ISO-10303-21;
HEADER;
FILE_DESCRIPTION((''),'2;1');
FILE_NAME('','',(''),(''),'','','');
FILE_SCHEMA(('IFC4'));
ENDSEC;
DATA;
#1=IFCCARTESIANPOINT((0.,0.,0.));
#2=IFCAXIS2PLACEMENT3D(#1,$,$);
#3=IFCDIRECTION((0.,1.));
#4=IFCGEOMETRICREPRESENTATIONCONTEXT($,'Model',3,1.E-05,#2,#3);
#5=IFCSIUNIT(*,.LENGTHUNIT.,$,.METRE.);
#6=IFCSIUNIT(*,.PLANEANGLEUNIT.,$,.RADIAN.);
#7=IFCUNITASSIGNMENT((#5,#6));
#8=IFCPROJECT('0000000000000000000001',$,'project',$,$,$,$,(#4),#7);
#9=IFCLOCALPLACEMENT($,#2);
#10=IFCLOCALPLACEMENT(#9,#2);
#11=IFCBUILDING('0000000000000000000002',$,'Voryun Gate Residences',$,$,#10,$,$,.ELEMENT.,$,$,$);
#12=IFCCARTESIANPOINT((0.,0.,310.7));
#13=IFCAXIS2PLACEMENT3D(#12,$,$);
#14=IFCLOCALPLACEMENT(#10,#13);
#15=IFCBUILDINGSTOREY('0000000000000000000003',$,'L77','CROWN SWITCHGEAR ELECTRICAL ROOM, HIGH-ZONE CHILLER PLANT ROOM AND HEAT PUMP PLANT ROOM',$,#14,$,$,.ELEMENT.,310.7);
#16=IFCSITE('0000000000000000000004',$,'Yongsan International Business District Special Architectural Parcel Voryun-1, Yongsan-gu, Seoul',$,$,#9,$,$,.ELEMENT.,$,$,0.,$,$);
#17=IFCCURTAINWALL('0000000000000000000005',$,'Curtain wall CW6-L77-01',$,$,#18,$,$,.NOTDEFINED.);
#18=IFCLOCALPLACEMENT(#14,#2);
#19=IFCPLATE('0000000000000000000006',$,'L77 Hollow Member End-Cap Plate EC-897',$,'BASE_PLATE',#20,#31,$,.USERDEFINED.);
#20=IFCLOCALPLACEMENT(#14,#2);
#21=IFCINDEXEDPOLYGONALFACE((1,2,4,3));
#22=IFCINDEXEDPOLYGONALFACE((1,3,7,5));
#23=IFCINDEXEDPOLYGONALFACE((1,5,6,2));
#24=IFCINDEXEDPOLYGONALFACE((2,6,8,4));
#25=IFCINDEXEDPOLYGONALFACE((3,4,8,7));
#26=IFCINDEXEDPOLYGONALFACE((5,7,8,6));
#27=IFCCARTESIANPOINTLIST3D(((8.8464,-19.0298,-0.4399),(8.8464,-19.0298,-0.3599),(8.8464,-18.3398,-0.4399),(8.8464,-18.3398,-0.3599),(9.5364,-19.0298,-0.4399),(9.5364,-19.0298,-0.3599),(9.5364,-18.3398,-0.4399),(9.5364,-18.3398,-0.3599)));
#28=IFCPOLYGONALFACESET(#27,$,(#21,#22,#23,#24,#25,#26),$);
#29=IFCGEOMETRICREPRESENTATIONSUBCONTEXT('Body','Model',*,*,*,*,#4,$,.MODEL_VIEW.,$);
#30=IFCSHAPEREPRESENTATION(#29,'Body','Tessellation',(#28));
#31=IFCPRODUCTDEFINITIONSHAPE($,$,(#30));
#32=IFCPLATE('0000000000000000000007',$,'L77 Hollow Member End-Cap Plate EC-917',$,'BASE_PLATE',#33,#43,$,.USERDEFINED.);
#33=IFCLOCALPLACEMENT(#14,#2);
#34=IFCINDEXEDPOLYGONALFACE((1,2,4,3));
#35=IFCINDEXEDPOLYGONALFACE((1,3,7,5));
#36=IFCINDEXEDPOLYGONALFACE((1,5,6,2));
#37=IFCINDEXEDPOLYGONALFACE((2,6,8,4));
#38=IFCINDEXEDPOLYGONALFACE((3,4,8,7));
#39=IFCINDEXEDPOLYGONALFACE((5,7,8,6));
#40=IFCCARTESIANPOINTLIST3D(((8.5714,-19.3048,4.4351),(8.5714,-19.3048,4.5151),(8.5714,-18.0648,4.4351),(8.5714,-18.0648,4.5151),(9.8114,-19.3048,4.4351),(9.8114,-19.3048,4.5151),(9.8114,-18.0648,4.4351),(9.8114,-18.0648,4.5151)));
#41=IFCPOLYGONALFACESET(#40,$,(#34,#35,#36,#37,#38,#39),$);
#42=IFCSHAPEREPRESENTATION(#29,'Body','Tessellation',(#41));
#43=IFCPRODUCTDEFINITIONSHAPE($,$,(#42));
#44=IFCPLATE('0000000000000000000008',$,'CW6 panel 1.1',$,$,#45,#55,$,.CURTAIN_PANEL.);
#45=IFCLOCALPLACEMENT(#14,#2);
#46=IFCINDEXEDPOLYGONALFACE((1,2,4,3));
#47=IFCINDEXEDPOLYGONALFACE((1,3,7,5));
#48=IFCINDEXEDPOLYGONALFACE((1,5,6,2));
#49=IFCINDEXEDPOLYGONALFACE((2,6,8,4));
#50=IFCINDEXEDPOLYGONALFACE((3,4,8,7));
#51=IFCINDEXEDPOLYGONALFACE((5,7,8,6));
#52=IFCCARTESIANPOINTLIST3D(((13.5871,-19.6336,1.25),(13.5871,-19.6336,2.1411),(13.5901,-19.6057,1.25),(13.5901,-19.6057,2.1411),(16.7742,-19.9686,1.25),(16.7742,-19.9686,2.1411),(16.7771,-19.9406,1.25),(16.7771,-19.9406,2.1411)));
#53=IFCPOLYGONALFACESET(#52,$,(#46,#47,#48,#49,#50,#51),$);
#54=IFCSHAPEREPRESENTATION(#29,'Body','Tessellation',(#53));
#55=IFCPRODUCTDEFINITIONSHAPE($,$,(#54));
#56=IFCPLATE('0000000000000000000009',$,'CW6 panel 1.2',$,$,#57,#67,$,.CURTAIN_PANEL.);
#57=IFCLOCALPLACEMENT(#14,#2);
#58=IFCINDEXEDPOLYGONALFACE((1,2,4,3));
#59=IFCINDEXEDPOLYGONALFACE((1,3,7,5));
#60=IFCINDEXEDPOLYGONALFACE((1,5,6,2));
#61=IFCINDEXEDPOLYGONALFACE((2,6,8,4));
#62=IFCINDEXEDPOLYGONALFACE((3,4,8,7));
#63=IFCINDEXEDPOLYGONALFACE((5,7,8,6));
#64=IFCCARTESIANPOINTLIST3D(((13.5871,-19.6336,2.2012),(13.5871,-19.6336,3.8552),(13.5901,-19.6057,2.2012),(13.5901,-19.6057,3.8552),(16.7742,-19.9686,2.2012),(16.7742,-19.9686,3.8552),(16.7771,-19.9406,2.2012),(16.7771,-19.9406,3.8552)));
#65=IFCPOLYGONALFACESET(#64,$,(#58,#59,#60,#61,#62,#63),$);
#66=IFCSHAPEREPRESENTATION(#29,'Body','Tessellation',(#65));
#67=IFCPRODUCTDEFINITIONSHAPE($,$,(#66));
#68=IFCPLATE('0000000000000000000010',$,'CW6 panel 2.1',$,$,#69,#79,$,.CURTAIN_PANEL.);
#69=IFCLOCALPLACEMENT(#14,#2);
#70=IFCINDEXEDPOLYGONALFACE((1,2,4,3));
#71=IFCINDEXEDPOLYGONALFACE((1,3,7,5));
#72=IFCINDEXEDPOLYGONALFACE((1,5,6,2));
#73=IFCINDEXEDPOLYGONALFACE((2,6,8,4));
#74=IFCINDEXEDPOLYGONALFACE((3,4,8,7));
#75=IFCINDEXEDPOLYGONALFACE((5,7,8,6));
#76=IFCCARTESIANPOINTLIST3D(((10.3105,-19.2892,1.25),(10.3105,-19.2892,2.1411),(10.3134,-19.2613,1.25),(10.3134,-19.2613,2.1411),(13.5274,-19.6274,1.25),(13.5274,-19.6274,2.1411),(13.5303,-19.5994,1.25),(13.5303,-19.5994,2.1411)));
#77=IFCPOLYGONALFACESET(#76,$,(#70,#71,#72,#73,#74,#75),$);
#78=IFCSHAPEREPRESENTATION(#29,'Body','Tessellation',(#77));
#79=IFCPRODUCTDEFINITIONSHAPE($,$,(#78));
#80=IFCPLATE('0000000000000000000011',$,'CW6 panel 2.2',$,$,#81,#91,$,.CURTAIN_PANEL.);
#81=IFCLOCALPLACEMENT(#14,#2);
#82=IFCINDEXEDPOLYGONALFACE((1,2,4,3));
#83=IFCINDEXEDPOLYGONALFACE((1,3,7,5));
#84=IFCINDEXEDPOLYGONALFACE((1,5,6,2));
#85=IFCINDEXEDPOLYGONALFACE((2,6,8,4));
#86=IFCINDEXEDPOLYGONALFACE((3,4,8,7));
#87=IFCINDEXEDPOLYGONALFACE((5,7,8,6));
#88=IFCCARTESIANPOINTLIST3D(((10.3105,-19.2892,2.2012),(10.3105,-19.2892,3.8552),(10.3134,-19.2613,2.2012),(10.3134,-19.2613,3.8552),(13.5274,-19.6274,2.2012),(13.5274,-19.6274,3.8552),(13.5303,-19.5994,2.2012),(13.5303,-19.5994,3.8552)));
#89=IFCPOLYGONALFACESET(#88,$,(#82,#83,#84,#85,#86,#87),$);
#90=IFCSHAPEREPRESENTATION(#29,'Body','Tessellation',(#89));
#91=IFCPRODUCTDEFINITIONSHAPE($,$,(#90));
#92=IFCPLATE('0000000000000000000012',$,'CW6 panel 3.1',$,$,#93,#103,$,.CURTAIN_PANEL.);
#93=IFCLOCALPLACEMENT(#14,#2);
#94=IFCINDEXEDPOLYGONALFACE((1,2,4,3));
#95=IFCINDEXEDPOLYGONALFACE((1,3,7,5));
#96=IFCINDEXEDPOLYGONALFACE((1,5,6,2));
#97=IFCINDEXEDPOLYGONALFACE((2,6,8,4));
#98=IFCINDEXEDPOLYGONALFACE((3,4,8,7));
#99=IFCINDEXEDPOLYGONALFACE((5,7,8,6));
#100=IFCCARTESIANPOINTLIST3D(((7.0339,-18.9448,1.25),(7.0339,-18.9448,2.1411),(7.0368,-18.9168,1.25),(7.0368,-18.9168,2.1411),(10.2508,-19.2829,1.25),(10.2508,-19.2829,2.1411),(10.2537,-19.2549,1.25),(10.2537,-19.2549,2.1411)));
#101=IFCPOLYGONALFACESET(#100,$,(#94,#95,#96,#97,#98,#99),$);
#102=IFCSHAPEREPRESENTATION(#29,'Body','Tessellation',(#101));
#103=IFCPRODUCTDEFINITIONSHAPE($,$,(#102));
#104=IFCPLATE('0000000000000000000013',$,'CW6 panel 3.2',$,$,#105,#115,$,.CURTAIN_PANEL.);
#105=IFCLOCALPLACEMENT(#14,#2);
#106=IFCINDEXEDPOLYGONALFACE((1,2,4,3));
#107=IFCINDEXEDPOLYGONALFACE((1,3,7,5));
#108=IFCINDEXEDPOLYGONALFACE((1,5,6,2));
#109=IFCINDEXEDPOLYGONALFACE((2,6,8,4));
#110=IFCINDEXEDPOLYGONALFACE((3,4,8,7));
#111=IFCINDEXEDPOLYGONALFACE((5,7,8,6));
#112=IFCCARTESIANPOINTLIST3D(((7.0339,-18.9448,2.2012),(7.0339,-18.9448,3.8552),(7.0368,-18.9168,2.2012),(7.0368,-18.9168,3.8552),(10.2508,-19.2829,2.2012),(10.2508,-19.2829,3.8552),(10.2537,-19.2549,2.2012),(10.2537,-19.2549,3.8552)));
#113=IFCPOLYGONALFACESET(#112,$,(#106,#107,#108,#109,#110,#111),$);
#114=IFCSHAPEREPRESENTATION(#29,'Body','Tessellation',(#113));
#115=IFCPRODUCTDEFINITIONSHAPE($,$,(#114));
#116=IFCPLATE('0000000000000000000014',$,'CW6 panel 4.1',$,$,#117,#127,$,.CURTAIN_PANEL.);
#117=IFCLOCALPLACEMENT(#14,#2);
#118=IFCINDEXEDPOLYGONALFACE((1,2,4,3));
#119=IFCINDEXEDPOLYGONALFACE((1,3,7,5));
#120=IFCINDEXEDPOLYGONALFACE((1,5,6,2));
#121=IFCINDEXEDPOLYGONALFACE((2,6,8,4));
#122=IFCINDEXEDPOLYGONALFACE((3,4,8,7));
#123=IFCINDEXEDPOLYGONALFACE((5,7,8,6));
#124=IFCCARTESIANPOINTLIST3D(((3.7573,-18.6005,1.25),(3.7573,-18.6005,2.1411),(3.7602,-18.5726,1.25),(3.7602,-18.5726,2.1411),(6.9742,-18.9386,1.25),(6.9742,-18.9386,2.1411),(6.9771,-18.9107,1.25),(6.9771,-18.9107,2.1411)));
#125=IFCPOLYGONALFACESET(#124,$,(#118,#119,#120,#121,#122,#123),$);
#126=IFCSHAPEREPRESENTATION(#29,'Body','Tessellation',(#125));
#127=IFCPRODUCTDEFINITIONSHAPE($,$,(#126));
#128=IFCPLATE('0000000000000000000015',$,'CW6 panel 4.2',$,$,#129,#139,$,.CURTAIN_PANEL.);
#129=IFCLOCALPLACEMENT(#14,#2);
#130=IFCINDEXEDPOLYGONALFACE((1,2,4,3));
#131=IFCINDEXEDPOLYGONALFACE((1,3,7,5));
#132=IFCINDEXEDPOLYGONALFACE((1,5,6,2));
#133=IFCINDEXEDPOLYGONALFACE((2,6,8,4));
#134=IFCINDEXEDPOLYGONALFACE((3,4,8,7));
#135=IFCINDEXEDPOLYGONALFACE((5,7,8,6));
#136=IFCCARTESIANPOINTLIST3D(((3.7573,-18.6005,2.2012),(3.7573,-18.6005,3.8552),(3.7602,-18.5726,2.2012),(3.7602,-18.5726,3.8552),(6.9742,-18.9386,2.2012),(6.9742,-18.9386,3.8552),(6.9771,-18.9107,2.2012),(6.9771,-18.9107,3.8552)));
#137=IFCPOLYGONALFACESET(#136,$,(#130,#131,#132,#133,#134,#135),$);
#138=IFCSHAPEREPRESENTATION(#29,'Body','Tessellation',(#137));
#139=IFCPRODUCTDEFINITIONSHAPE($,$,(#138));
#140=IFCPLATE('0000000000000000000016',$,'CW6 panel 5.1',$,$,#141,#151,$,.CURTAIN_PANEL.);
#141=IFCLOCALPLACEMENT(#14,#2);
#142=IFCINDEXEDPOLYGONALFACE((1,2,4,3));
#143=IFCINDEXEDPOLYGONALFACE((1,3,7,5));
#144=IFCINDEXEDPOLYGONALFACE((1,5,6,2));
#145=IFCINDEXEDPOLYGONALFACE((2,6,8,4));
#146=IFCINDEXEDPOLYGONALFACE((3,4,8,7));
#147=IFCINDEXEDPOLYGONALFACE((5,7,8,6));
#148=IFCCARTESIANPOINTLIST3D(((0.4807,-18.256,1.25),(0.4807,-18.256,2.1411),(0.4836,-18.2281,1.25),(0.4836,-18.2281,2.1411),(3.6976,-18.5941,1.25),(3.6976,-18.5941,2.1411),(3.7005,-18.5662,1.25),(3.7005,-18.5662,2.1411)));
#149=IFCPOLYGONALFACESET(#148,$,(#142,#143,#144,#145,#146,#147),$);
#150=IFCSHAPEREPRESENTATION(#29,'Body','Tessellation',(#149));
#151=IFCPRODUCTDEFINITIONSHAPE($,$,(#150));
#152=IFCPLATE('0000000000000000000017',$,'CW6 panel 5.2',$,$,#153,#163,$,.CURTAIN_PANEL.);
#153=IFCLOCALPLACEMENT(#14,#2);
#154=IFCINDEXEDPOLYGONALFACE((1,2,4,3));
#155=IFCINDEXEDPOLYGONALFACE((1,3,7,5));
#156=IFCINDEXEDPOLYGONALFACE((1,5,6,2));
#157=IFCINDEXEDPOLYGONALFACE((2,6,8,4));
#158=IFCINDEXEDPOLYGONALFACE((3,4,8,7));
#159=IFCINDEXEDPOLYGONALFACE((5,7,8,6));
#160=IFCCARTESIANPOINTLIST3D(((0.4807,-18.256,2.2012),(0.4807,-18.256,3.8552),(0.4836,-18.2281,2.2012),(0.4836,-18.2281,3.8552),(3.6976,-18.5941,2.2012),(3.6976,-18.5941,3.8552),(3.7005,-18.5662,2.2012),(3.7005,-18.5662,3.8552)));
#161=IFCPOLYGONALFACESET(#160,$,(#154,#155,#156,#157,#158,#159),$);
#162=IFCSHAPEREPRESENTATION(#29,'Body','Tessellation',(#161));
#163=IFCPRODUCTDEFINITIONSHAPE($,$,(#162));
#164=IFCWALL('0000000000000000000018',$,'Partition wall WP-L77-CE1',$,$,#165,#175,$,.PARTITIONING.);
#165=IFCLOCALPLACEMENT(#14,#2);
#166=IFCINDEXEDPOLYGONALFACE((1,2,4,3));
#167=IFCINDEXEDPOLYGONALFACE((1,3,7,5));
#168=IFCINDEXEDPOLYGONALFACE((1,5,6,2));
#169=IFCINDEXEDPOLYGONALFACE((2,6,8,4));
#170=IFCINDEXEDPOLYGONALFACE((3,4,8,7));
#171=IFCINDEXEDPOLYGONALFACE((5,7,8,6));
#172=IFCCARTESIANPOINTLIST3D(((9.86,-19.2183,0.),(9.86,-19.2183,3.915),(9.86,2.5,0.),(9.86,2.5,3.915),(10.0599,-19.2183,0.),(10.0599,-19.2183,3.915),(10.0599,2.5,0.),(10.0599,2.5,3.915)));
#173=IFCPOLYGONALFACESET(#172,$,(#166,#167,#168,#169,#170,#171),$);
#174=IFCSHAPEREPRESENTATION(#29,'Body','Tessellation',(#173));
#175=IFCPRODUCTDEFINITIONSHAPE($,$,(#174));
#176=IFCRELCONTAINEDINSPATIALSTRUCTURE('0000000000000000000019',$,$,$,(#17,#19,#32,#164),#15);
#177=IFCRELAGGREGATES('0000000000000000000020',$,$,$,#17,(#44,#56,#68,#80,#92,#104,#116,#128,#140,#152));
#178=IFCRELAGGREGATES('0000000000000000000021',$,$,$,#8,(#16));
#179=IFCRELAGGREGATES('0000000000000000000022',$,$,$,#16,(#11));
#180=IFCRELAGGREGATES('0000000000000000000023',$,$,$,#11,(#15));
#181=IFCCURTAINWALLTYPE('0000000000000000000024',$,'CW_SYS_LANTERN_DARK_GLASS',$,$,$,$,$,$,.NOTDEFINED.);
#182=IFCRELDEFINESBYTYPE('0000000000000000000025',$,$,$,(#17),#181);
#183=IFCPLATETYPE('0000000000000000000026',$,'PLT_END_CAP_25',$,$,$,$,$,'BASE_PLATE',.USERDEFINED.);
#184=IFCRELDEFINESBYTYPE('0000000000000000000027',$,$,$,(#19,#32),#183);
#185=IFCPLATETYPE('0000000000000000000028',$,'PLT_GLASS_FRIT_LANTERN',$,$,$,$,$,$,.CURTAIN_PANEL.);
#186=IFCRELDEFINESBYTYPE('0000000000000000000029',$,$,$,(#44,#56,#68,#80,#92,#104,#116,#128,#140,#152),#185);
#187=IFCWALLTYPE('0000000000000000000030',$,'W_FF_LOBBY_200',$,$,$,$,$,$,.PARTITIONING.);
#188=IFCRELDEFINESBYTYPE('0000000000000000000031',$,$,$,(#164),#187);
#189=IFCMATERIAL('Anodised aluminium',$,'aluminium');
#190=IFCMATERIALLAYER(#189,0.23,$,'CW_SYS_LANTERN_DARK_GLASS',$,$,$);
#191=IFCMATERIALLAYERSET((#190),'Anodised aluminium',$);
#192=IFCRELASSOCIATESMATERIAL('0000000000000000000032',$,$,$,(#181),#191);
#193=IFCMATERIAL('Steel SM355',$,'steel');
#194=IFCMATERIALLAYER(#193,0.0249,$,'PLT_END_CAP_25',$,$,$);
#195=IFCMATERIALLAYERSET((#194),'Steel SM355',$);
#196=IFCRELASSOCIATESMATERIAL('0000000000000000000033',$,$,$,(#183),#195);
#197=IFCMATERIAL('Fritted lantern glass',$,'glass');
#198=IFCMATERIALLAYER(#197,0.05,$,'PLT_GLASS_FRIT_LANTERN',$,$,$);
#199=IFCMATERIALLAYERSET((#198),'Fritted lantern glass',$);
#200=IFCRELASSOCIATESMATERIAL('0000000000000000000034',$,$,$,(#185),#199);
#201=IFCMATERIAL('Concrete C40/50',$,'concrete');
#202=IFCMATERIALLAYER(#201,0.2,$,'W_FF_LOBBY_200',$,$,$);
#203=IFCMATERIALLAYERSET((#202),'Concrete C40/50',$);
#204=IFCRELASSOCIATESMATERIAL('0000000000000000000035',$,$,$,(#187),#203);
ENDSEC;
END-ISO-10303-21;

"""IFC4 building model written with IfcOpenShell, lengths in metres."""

from ifc_helpers import new_model, si_unit, direction, frame, frame_2d, origin, origin_2d, place, context, subcontext, project, spatial, rectangle, extrude, material, layer, layer_set, type_object, element, aggregate, save


model = new_model("IFC4")

# Units and contexts
model_context = context("Model", 3, precision=1e-05, world=origin(), true_north=direction((0.0, 1.0)))
body_context = subcontext(model_context, "Body", "Model", "MODEL_VIEW")
ifc_project = project(units=[si_unit("LENGTHUNIT", "METRE"), si_unit("PLANEANGLEUNIT", "RADIAN")], contexts=[model_context])

# Site, building, storey
site_placement = place(None, origin())
site = spatial("IfcSite", under=ifc_project, at=site_placement, Name="Yongsan International Business District Special Architectural Parcel Voryun-1, Yongsan-gu, Seoul", CompositionType="ELEMENT", RefElevation=0.0)
building_placement = place(site_placement, origin())
building = spatial("IfcBuilding", under=site, at=building_placement, Name="Voryun Gate Residences", CompositionType="ELEMENT")
storey_placement = place(building_placement, frame((0.0, 0.0, 310.7)))
storey = spatial("IfcBuildingStorey", under=building, at=storey_placement, Name="L77", Description="CROWN SWITCHGEAR ELECTRICAL ROOM, HIGH-ZONE CHILLER PLANT ROOM AND HEAT PUMP PLANT ROOM", CompositionType="ELEMENT", Elevation=310.7)

# Curtain wall
ifc_material_1 = material(Name="Anodised aluminium", Category="aluminium")
ifc_layer_1 = layer(ifc_material_1, 0.23, Name="CW_SYS_LANTERN_DARK_GLASS")
ifc_layer_set_1 = layer_set([ifc_layer_1], Name="Anodised aluminium")
curtain_wall_type = type_object("IfcCurtainWallType", Name="CW_SYS_LANTERN_DARK_GLASS", PredefinedType="NOTDEFINED", material=ifc_layer_set_1)
curtain_wall_placement = place(storey_placement, origin())
curtain_wall = element("IfcCurtainWall", 1, at=curtain_wall_placement, inside=storey, type_object=curtain_wall_type, Name="Curtain wall CW6-L77-01", PredefinedType="NOTDEFINED")

# Plates
ifc_material_2 = material(Name="Steel SM355", Category="steel")
ifc_layer_2 = layer(ifc_material_2, 0.0249, Name="PLT_END_CAP_25")
ifc_layer_set_2 = layer_set([ifc_layer_2], Name="Steel SM355")
plate_type_1 = type_object("IfcPlateType", Name="PLT_END_CAP_25", ElementType="BASE_PLATE", PredefinedType="USERDEFINED", material=ifc_layer_set_2)
plate_1_placement = place(storey_placement, frame((9.1914, -18.6848, -0.4399), z_axis=(0.0, 0.0, 1.0), x_axis=(1.0, 0.0, 0.0)))
element("IfcPlate", 2, at=plate_1_placement, inside=storey, type_object=plate_type_1, Name="L77 Hollow Member End-Cap Plate EC-897", ObjectType="BASE_PLATE", PredefinedType="USERDEFINED", context=body_context, shape_type="SweptSolid", body=[
    extrude(rectangle(XDim=0.6899, YDim=0.6899, at=origin_2d()), origin(), (0.0, 0.0, 1.0), 0.0801),
])
plate_2_placement = place(storey_placement, frame((9.1914, -18.6848, 4.4351), z_axis=(0.0, 0.0, 1.0), x_axis=(1.0, 0.0, 0.0)))
element("IfcPlate", 3, at=plate_2_placement, inside=storey, type_object=plate_type_1, Name="L77 Hollow Member End-Cap Plate EC-917", ObjectType="BASE_PLATE", PredefinedType="USERDEFINED", context=body_context, shape_type="SweptSolid", body=[
    extrude(rectangle(XDim=1.24, YDim=1.24, at=origin_2d()), origin(), (0.0, 0.0, 1.0), 0.0801),
])

# Plates
ifc_material_3 = material(Name="Fritted lantern glass", Category="glass")
ifc_layer_3 = layer(ifc_material_3, 0.05, Name="PLT_GLASS_FRIT_LANTERN")
ifc_layer_set_3 = layer_set([ifc_layer_3], Name="Fritted lantern glass")
plate_type_2 = type_object("IfcPlateType", Name="PLT_GLASS_FRIT_LANTERN", PredefinedType="CURTAIN_PANEL", material=ifc_layer_set_3)
plate_3_placement = place(storey_placement, frame((15.1821, -19.7871, 1.25), z_axis=(0.0, 0.0, 1.0), x_axis=(-0.994522, 0.104528, 0.0)))
plate_3 = element("IfcPlate", 4, at=plate_3_placement, type_object=plate_type_2, Name="CW6 panel 1.1", PredefinedType="CURTAIN_PANEL", context=body_context, shape_type="SweptSolid", body=[
    extrude(rectangle(XDim=3.2046, YDim=0.0281, at=origin_2d()), origin(), (0.0, 0.0, 1.0), 0.8911),
])
plate_4_placement = place(storey_placement, frame((15.1821, -19.7871, 2.2012), z_axis=(0.0, 0.0, 1.0), x_axis=(-0.994522, 0.104528, 0.0)))
plate_4 = element("IfcPlate", 5, at=plate_4_placement, type_object=plate_type_2, Name="CW6 panel 1.2", PredefinedType="CURTAIN_PANEL", context=body_context, shape_type="SweptSolid", body=[
    extrude(rectangle(XDim=3.2046, YDim=0.0281, at=origin_2d()), origin(), (0.0, 0.0, 1.0), 1.6541),
])
plate_5_placement = place(storey_placement, frame((11.9204, -19.4443, 1.25), z_axis=(0.0, 0.0, 1.0), x_axis=(-0.994522, 0.104528, 0.0)))
plate_5 = element("IfcPlate", 6, at=plate_5_placement, type_object=plate_type_2, Name="CW6 panel 2.1", PredefinedType="CURTAIN_PANEL", context=body_context, shape_type="SweptSolid", body=[
    extrude(rectangle(XDim=3.2346, YDim=0.0281, at=origin_2d()), origin(), (0.0, 0.0, 1.0), 0.8911),
])
plate_6_placement = place(storey_placement, frame((11.9204, -19.4443, 2.2012), z_axis=(0.0, 0.0, 1.0), x_axis=(-0.994522, 0.104528, 0.0)))
plate_6 = element("IfcPlate", 7, at=plate_6_placement, type_object=plate_type_2, Name="CW6 panel 2.2", PredefinedType="CURTAIN_PANEL", context=body_context, shape_type="SweptSolid", body=[
    extrude(rectangle(XDim=3.2346, YDim=0.0281, at=origin_2d()), origin(), (0.0, 0.0, 1.0), 1.6541),
])
plate_7_placement = place(storey_placement, frame((8.6438, -19.0999, 1.25), z_axis=(0.0, 0.0, 1.0), x_axis=(-0.994522, 0.104528, 0.0)))
plate_7 = element("IfcPlate", 8, at=plate_7_placement, type_object=plate_type_2, Name="CW6 panel 3.1", PredefinedType="CURTAIN_PANEL", context=body_context, shape_type="SweptSolid", body=[
    extrude(rectangle(XDim=3.2346, YDim=0.0281, at=origin_2d()), origin(), (0.0, 0.0, 1.0), 0.8911),
])
plate_8_placement = place(storey_placement, frame((8.6438, -19.0999, 2.2012), z_axis=(0.0, 0.0, 1.0), x_axis=(-0.994522, 0.104528, 0.0)))
plate_8 = element("IfcPlate", 9, at=plate_8_placement, type_object=plate_type_2, Name="CW6 panel 3.2", PredefinedType="CURTAIN_PANEL", context=body_context, shape_type="SweptSolid", body=[
    extrude(rectangle(XDim=3.2346, YDim=0.0281, at=origin_2d()), origin(), (0.0, 0.0, 1.0), 1.6541),
])
plate_9_placement = place(storey_placement, frame((5.3672, -18.7556, 1.25), z_axis=(0.0, 0.0, 1.0), x_axis=(-0.994522, 0.104528, 0.0)))
plate_9 = element("IfcPlate", 10, at=plate_9_placement, type_object=plate_type_2, Name="CW6 panel 4.1", PredefinedType="CURTAIN_PANEL", context=body_context, shape_type="SweptSolid", body=[
    extrude(rectangle(XDim=3.2346, YDim=0.0281, at=origin_2d()), origin(), (0.0, 0.0, 1.0), 0.8911),
])
plate_10_placement = place(storey_placement, frame((5.3672, -18.7556, 2.2012), z_axis=(0.0, 0.0, 1.0), x_axis=(-0.994522, 0.104528, 0.0)))
plate_10 = element("IfcPlate", 11, at=plate_10_placement, type_object=plate_type_2, Name="CW6 panel 4.2", PredefinedType="CURTAIN_PANEL", context=body_context, shape_type="SweptSolid", body=[
    extrude(rectangle(XDim=3.2346, YDim=0.0281, at=origin_2d()), origin(), (0.0, 0.0, 1.0), 1.6541),
])
plate_11_placement = place(storey_placement, frame((2.0906, -18.4111, 1.25), z_axis=(0.0, 0.0, 1.0), x_axis=(-0.994522, 0.104528, 0.0)))
plate_11 = element("IfcPlate", 12, at=plate_11_placement, type_object=plate_type_2, Name="CW6 panel 5.1", PredefinedType="CURTAIN_PANEL", context=body_context, shape_type="SweptSolid", body=[
    extrude(rectangle(XDim=3.2346, YDim=0.0281, at=origin_2d()), origin(), (0.0, 0.0, 1.0), 0.8911),
])
plate_12_placement = place(storey_placement, frame((2.0906, -18.4111, 2.2012), z_axis=(0.0, 0.0, 1.0), x_axis=(-0.994522, 0.104528, 0.0)))
plate_12 = element("IfcPlate", 13, at=plate_12_placement, type_object=plate_type_2, Name="CW6 panel 5.2", PredefinedType="CURTAIN_PANEL", context=body_context, shape_type="SweptSolid", body=[
    extrude(rectangle(XDim=3.2346, YDim=0.0281, at=origin_2d()), origin(), (0.0, 0.0, 1.0), 1.6541),
])
aggregate(curtain_wall, [plate_3, plate_4, plate_5, plate_6, plate_7, plate_8, plate_9, plate_10, plate_11, plate_12])

# Wall
ifc_material_4 = material(Name="Concrete C40/50", Category="concrete")
ifc_layer_4 = layer(ifc_material_4, 0.2, Name="W_FF_LOBBY_200")
ifc_layer_set_4 = layer_set([ifc_layer_4], Name="Concrete C40/50")
wall_type = type_object("IfcWallType", Name="W_FF_LOBBY_200", PredefinedType="PARTITIONING", material=ifc_layer_set_4)
wall_placement = place(storey_placement, frame((9.96, -19.2183, 0.0), z_axis=(0.0, 0.0, 1.0), x_axis=(0.0, 1.0, 0.0)))
element("IfcWall", 14, at=wall_placement, inside=storey, type_object=wall_type, Name="Partition wall WP-L77-CE1", PredefinedType="PARTITIONING", context=body_context, shape_type="SweptSolid", body=[
    extrude(rectangle(XDim=21.7183, YDim=0.2, at=frame_2d((10.8591, 0.0))), origin(), (0.0, 0.0, 1.0), 3.915),
])

save(model, "model.ifc")
